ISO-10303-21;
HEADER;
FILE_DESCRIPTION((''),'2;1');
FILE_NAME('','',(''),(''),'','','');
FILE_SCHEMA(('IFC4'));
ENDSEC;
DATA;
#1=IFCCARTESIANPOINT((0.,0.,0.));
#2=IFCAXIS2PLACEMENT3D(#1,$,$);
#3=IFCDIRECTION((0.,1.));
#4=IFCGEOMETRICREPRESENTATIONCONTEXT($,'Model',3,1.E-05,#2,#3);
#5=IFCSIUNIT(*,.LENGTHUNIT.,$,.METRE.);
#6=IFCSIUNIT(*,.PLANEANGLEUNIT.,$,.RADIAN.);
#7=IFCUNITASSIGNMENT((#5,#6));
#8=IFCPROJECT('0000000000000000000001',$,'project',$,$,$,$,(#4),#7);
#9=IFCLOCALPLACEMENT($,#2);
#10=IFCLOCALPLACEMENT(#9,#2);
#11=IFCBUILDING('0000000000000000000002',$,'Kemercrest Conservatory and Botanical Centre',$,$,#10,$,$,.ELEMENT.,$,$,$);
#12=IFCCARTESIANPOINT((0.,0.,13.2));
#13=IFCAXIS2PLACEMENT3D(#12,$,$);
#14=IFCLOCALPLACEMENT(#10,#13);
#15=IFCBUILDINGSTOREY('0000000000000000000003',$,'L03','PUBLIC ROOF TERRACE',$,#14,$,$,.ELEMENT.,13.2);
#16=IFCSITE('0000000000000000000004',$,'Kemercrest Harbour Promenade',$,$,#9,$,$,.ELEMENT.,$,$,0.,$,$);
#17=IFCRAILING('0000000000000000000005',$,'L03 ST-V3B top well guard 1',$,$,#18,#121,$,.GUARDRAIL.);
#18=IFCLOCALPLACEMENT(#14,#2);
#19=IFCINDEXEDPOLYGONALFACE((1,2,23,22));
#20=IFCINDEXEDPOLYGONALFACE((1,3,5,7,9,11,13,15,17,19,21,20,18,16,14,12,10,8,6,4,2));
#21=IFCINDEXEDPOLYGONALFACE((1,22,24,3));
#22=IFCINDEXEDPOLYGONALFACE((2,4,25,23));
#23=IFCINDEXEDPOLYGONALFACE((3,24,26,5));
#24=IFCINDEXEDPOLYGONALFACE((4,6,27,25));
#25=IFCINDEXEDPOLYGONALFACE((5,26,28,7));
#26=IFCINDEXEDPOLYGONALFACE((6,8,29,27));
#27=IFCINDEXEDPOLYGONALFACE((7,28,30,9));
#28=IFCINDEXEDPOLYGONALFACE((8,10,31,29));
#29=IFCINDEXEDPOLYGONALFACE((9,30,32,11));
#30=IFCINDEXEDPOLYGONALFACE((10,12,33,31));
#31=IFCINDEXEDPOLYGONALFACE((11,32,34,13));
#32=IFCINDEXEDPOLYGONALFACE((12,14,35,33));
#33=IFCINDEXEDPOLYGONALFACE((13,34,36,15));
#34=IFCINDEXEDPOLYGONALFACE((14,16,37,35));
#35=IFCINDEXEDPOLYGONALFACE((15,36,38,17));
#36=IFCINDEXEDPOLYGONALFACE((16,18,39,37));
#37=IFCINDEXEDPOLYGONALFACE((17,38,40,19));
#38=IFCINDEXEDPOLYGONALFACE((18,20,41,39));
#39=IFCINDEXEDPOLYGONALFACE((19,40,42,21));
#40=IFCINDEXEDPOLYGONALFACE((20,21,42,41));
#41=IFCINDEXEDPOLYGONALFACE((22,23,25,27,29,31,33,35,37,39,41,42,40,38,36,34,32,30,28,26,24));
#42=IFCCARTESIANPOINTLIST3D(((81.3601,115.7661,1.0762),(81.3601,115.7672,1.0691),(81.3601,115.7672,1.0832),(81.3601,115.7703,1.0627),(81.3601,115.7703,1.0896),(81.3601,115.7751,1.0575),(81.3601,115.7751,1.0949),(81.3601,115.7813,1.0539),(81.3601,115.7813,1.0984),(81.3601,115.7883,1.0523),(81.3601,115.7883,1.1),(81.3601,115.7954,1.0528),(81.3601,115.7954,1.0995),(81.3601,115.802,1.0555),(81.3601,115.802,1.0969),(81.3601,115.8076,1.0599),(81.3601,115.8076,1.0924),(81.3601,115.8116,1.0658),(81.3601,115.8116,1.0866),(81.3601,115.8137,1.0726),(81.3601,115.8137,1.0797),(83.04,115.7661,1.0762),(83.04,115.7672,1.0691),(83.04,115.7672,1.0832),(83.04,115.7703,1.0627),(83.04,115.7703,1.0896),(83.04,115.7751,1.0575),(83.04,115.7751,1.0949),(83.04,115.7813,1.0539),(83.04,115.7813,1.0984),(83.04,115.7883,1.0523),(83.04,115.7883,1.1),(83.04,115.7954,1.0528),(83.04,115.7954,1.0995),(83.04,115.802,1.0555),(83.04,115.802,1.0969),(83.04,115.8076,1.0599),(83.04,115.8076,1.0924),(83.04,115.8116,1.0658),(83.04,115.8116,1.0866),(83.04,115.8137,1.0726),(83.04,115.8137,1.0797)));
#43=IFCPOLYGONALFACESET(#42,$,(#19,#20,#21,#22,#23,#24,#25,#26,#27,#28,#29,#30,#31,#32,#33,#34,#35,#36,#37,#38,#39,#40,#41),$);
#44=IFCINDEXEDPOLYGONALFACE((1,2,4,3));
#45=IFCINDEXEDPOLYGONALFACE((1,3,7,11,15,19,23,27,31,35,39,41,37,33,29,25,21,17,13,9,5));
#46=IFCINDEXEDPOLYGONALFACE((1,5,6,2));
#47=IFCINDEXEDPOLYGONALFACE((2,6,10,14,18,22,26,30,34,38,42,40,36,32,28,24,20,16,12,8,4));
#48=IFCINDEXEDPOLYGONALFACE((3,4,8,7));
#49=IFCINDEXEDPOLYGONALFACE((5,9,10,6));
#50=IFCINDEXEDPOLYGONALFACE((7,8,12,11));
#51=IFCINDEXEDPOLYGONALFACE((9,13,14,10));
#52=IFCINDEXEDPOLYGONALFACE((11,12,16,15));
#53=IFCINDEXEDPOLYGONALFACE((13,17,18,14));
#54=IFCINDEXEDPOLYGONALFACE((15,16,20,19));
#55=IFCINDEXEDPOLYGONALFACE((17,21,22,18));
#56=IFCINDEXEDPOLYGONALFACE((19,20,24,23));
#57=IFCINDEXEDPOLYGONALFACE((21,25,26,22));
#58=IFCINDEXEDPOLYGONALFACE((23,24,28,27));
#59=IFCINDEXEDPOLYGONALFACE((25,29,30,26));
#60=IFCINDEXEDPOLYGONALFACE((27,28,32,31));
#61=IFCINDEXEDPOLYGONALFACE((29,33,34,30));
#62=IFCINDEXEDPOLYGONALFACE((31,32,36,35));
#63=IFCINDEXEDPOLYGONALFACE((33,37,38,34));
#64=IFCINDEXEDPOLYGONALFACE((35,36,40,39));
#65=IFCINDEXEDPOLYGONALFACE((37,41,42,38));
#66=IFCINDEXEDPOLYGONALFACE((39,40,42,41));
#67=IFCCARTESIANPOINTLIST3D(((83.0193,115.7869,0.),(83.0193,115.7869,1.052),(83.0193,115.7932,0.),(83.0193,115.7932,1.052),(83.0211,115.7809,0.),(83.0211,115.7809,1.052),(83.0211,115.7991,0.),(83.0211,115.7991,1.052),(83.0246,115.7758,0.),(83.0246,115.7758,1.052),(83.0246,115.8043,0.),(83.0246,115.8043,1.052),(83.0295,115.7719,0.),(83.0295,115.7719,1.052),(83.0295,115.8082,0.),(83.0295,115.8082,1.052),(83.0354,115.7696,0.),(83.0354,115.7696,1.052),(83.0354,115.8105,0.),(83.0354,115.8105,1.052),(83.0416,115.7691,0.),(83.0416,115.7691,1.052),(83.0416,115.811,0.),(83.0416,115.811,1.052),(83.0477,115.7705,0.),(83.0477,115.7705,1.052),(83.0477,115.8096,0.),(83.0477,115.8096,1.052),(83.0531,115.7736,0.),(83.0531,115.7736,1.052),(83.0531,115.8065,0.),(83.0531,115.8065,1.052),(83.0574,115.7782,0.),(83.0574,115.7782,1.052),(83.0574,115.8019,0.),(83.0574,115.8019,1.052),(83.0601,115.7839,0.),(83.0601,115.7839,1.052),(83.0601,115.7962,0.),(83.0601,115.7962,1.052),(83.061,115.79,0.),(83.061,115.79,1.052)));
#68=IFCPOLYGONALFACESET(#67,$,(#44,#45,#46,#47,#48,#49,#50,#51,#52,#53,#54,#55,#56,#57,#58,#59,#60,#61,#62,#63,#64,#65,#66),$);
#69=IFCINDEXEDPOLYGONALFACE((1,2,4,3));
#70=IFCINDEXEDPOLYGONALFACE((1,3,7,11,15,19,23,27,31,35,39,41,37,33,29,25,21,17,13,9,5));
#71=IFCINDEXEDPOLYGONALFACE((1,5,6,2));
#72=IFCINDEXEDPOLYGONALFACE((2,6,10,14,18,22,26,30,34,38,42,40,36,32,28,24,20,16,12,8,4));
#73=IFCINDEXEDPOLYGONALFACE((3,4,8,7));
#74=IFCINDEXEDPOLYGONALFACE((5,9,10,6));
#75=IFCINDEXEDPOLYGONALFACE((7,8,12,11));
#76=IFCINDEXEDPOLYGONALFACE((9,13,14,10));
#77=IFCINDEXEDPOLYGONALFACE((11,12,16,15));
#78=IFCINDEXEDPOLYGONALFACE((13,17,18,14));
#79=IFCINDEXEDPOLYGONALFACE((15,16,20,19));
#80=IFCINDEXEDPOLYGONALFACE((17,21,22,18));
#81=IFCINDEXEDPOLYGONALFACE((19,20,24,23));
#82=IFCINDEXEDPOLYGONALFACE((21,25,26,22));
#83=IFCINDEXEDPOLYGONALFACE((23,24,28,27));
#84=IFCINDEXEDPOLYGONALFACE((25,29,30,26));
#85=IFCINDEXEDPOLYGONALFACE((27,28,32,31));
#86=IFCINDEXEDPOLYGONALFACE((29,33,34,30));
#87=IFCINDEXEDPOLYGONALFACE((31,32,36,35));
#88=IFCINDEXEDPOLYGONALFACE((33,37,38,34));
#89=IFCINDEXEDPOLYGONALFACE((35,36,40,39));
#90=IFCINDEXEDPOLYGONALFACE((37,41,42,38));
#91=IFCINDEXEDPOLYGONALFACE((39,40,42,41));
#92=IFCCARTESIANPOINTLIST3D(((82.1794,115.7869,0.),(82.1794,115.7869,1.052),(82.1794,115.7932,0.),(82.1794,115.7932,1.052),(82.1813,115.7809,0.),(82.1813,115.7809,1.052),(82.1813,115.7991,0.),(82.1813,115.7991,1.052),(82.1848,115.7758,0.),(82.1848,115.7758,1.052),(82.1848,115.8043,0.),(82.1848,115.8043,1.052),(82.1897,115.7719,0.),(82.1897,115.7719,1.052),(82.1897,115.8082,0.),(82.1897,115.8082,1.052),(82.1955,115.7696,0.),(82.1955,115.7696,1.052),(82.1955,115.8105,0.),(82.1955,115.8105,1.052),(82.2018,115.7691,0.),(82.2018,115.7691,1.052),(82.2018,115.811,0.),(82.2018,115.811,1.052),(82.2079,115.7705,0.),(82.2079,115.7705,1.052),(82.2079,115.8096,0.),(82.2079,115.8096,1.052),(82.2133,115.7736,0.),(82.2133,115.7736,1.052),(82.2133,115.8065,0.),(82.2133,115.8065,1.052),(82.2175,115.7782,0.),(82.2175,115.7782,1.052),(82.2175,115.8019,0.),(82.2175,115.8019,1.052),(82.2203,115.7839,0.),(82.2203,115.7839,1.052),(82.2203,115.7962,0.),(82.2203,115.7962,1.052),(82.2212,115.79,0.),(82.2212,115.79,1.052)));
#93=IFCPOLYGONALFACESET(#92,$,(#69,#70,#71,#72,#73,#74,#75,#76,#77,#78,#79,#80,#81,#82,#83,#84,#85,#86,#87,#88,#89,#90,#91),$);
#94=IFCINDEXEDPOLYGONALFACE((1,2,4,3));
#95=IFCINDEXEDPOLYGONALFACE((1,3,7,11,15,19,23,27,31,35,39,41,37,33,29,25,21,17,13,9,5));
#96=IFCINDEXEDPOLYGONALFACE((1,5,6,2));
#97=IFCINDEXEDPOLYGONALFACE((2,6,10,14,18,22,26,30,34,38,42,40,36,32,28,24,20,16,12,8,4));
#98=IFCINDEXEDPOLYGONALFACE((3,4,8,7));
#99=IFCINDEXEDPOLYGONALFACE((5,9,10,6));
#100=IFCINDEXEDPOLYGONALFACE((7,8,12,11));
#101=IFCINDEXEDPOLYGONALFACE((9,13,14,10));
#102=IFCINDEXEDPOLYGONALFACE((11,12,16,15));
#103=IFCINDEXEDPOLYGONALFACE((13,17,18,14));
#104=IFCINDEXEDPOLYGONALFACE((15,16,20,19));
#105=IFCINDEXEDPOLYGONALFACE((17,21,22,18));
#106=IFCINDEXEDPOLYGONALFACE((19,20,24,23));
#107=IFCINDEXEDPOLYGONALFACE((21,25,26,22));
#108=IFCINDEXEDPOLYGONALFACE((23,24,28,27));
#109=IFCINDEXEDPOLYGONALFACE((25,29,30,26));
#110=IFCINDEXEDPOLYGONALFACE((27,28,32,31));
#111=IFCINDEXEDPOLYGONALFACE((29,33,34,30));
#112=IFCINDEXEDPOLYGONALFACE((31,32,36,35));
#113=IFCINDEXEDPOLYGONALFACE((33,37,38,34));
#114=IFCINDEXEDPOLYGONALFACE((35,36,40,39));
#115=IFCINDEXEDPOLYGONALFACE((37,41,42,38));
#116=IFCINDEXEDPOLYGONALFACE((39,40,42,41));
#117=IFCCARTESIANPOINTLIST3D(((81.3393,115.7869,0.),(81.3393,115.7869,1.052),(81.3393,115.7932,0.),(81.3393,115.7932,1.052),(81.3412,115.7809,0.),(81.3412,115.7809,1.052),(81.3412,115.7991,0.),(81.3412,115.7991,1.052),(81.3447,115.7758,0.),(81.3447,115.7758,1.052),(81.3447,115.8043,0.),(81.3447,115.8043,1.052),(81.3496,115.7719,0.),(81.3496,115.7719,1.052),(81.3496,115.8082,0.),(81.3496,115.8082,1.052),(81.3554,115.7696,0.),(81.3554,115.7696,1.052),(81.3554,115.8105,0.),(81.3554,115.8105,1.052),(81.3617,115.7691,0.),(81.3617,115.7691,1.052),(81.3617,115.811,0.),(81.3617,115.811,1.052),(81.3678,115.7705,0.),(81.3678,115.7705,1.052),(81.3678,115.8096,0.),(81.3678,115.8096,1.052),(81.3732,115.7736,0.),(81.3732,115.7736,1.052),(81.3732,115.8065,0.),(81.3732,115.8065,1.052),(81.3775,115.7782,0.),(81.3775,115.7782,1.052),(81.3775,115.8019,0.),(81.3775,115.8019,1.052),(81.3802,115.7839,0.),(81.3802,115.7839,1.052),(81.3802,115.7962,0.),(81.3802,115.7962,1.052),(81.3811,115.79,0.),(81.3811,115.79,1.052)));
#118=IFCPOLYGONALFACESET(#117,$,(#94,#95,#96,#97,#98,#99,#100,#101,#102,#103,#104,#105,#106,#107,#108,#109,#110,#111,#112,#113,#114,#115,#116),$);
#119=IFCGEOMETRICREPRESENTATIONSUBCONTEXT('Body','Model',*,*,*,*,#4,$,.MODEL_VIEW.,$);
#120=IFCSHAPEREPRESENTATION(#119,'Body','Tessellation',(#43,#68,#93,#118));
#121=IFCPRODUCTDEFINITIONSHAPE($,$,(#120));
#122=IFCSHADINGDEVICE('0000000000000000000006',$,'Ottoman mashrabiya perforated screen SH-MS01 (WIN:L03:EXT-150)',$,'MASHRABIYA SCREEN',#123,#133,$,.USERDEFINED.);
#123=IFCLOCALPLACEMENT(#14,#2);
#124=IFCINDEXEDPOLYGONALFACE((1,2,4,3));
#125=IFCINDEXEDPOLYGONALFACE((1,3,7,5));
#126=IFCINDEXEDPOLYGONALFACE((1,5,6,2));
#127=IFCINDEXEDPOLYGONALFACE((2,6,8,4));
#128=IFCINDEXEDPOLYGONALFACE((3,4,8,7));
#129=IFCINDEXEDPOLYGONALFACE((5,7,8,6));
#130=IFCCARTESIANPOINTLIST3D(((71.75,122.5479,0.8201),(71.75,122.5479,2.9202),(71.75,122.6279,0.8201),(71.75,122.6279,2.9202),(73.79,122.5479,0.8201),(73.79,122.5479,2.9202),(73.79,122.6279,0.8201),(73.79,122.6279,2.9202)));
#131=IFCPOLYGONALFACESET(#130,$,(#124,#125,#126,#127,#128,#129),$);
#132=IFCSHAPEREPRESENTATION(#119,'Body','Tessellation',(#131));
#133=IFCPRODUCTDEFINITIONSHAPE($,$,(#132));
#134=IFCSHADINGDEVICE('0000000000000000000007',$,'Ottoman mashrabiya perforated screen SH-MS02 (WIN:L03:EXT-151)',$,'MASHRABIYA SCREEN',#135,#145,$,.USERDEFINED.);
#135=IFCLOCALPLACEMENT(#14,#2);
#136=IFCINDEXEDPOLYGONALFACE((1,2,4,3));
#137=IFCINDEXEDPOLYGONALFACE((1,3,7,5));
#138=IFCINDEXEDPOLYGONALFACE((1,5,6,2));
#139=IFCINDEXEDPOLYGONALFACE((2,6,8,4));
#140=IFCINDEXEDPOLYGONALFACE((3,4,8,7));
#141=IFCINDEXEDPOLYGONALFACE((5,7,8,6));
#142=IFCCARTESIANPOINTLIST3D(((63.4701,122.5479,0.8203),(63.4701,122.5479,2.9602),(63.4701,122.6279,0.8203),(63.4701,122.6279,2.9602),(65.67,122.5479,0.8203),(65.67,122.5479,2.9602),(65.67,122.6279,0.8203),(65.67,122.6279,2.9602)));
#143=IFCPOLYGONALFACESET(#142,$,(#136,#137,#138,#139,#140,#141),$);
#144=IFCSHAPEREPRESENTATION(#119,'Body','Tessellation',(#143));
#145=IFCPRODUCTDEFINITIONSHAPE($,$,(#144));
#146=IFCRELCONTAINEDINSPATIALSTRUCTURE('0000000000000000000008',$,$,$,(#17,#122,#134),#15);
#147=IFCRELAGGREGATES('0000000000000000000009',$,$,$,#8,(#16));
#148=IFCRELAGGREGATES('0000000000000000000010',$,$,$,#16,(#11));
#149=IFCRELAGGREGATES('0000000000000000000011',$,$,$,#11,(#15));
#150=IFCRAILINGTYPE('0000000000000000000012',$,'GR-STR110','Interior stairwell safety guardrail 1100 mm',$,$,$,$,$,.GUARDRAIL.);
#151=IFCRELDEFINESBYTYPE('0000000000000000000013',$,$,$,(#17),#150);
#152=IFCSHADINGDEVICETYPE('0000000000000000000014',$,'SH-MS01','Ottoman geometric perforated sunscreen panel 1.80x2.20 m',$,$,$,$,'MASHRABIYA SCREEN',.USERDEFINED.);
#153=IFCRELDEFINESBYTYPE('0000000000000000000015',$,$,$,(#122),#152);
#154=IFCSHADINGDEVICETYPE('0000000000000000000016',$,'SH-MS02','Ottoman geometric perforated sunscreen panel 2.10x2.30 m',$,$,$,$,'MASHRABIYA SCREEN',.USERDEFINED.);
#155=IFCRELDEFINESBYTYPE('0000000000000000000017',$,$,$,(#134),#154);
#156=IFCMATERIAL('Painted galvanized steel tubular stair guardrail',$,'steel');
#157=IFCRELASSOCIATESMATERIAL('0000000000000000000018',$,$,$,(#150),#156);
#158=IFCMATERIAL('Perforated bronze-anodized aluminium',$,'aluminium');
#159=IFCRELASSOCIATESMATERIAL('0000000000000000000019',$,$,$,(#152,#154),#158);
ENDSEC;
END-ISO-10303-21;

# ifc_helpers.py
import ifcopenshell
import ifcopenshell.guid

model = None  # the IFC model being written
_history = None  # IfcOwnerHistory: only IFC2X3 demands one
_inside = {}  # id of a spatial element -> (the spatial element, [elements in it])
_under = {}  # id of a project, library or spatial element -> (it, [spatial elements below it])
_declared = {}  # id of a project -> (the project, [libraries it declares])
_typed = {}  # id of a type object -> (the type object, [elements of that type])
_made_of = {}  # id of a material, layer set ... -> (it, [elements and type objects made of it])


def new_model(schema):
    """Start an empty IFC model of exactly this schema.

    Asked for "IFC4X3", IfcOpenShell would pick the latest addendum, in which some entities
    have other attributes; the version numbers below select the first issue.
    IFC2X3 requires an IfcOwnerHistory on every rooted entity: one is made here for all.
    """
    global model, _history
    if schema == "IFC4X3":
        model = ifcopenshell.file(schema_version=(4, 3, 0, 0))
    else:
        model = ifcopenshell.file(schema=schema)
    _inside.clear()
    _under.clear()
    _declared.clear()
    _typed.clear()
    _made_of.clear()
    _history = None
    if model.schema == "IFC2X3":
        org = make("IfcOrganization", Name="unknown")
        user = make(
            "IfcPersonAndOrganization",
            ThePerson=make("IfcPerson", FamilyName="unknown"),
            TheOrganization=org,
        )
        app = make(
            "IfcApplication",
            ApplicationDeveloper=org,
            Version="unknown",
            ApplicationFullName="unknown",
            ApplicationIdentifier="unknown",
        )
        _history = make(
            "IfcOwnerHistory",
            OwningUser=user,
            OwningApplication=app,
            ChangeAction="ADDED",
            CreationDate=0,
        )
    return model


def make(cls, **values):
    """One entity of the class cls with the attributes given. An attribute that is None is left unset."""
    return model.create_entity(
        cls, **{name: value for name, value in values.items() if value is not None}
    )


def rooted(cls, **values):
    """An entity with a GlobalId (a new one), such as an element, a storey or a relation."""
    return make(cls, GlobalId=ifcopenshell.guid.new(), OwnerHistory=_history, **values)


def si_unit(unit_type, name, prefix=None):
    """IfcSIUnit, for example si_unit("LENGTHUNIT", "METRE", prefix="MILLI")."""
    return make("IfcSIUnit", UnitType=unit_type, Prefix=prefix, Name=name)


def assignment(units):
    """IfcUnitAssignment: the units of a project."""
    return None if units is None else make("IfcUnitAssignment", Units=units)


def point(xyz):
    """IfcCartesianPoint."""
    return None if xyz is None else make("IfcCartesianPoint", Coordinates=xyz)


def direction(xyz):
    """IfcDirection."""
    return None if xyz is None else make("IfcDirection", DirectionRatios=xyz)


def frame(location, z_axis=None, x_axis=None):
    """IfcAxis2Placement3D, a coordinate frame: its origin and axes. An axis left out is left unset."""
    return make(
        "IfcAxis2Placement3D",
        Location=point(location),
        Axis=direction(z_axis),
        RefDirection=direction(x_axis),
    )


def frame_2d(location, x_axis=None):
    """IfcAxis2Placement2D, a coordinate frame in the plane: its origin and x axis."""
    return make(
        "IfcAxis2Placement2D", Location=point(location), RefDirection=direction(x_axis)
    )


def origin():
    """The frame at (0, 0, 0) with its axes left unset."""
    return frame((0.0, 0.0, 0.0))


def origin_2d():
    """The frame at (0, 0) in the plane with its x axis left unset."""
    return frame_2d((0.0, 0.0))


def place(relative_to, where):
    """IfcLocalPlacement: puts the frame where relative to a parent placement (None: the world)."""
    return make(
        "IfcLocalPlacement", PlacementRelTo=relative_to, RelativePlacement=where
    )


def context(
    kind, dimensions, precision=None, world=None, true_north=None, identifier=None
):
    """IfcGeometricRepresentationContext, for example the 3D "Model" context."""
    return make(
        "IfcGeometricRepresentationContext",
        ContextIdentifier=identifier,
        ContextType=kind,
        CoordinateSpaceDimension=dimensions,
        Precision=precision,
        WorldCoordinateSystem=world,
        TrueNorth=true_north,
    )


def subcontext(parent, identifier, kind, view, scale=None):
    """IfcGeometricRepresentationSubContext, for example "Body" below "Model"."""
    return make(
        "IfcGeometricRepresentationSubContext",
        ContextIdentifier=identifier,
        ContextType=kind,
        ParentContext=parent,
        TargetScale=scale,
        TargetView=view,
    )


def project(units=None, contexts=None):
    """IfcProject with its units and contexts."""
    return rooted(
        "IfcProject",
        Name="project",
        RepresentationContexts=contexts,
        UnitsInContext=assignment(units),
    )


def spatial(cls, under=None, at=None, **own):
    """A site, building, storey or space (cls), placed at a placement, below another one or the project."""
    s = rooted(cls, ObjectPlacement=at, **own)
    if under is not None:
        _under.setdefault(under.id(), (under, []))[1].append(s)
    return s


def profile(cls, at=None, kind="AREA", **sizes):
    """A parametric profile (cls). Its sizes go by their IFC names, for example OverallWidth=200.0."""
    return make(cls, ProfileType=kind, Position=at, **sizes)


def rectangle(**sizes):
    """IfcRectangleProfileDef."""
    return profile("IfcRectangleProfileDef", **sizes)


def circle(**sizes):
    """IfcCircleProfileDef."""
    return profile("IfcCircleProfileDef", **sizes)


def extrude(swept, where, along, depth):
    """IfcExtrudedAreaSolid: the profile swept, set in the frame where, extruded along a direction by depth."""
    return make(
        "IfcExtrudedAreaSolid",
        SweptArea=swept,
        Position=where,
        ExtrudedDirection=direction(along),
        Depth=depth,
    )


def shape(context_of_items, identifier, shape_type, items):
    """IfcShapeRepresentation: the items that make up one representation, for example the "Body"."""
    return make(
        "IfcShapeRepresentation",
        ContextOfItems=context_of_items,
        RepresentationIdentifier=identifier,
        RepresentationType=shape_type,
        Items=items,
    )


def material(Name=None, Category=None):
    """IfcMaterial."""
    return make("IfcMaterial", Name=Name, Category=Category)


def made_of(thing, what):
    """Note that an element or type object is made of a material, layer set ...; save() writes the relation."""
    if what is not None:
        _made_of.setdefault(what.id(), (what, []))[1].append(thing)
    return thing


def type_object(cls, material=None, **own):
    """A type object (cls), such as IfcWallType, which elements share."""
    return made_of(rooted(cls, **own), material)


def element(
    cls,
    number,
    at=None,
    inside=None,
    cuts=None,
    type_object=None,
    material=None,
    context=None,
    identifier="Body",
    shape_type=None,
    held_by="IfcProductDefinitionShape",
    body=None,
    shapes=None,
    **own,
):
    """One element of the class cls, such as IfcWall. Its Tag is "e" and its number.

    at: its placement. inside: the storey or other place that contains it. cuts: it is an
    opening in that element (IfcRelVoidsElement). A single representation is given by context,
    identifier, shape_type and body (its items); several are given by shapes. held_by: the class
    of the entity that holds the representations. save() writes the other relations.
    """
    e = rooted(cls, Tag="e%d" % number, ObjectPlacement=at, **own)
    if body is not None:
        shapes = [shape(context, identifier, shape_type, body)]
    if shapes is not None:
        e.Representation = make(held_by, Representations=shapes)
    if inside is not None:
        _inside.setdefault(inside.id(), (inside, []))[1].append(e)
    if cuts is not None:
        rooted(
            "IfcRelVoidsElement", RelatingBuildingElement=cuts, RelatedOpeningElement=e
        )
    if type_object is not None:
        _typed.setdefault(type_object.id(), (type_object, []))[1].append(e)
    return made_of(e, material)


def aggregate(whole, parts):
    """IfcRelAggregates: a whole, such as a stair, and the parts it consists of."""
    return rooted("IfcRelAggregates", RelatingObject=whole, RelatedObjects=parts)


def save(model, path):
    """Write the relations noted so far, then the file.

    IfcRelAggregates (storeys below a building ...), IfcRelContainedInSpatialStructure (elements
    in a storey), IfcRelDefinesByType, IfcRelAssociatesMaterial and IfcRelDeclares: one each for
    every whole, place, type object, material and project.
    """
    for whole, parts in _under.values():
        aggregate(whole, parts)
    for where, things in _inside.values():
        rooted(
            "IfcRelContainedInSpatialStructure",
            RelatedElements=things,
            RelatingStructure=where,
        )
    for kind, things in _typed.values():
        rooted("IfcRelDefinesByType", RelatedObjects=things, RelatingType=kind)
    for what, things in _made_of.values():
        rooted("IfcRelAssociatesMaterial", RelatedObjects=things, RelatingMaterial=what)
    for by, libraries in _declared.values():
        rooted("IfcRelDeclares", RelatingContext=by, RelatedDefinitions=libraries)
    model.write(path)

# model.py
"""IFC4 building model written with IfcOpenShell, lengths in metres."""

from ifc_helpers import new_model, si_unit, direction, frame, origin, origin_2d, place, context, subcontext, project, spatial, rectangle, circle, extrude, material, type_object, element, save


model = new_model("IFC4")

# Units and contexts
model_context = context("Model", 3, precision=1e-05, world=origin(), true_north=direction((0.0, 1.0)))
body_context = subcontext(model_context, "Body", "Model", "MODEL_VIEW")
ifc_project = project(units=[si_unit("LENGTHUNIT", "METRE"), si_unit("PLANEANGLEUNIT", "RADIAN")], contexts=[model_context])

# Site, building, storey
site_placement = place(None, origin())
site = spatial("IfcSite", under=ifc_project, at=site_placement, Name="Kemercrest Harbour Promenade", CompositionType="ELEMENT", RefElevation=0.0)
building_placement = place(site_placement, origin())
building = spatial("IfcBuilding", under=site, at=building_placement, Name="Kemercrest Conservatory and Botanical Centre", CompositionType="ELEMENT")
storey_placement = place(building_placement, frame((0.0, 0.0, 13.2)))
storey = spatial("IfcBuildingStorey", under=building, at=storey_placement, Name="L03", Description="PUBLIC ROOF TERRACE", CompositionType="ELEMENT", Elevation=13.2)

# Railing
ifc_material_1 = material(Name="Painted galvanized steel tubular stair guardrail", Category="steel")
railing_type = type_object("IfcRailingType", Name="GR-STR110", Description="Interior stairwell safety guardrail 1100 mm", PredefinedType="GUARDRAIL", material=ifc_material_1)
railing_placement = place(storey_placement, frame((83.04, 115.79, 0.0)))
element("IfcRailing", 1, at=railing_placement, inside=storey, type_object=railing_type, Name="L03 ST-V3B top well guard 1", PredefinedType="GUARDRAIL", context=body_context, shape_type="SweptSolid", body=[
    extrude(circle(Radius=0.0239, at=origin_2d()), frame((0.0, 0.0, 1.0762), z_axis=(-1.0, 0.0, 0.0), x_axis=(0.0, -1.0, 0.0)), (0.0, 0.0, 1.0), 1.6799),
    extrude(circle(Radius=0.021, at=origin_2d()), origin(), (0.0, 0.0, 1.0), 1.052),
    extrude(circle(Radius=0.021, at=origin_2d()), frame((-0.8398, 0.0, 0.0)), (0.0, 0.0, 1.0), 1.052),
    extrude(circle(Radius=0.021, at=origin_2d()), frame((-1.6799, 0.0, 0.0)), (0.0, 0.0, 1.0), 1.052),
])

# Shading devices
ifc_material_2 = material(Name="Perforated bronze-anodized aluminium", Category="aluminium")
shading_device_type_1 = type_object("IfcShadingDeviceType", Name="SH-MS01", Description="Ottoman geometric perforated sunscreen panel 1.80x2.20 m", ElementType="MASHRABIYA SCREEN", PredefinedType="USERDEFINED", material=ifc_material_2)
shading_device_1_placement = place(storey_placement, frame((72.77, 122.5879, 0.8201), z_axis=(0.0, 0.0, 1.0), x_axis=(-1.0, 0.0, 0.0)))
element("IfcShadingDevice", 2, at=shading_device_1_placement, inside=storey, type_object=shading_device_type_1, Name="Ottoman mashrabiya perforated screen SH-MS01 (WIN:L03:EXT-150)", ObjectType="MASHRABIYA SCREEN", PredefinedType="USERDEFINED", context=body_context, shape_type="SweptSolid", body=[
    extrude(rectangle(XDim=2.04, YDim=0.0801, at=origin_2d()), origin(), (0.0, 0.0, 1.0), 2.1001),
])
shading_device_type_2 = type_object("IfcShadingDeviceType", Name="SH-MS02", Description="Ottoman geometric perforated sunscreen panel 2.10x2.30 m", ElementType="MASHRABIYA SCREEN", PredefinedType="USERDEFINED", material=ifc_material_2)
shading_device_2_placement = place(storey_placement, frame((64.5701, 122.5879, 0.8203), z_axis=(0.0, 0.0, 1.0), x_axis=(-1.0, 0.0, 0.0)))
element("IfcShadingDevice", 3, at=shading_device_2_placement, inside=storey, type_object=shading_device_type_2, Name="Ottoman mashrabiya perforated screen SH-MS02 (WIN:L03:EXT-151)", ObjectType="MASHRABIYA SCREEN", PredefinedType="USERDEFINED", context=body_context, shape_type="SweptSolid", body=[
    extrude(rectangle(XDim=2.2, YDim=0.0801, at=origin_2d()), origin(), (0.0, 0.0, 1.0), 2.1399),
])

save(model, "model.ifc")
